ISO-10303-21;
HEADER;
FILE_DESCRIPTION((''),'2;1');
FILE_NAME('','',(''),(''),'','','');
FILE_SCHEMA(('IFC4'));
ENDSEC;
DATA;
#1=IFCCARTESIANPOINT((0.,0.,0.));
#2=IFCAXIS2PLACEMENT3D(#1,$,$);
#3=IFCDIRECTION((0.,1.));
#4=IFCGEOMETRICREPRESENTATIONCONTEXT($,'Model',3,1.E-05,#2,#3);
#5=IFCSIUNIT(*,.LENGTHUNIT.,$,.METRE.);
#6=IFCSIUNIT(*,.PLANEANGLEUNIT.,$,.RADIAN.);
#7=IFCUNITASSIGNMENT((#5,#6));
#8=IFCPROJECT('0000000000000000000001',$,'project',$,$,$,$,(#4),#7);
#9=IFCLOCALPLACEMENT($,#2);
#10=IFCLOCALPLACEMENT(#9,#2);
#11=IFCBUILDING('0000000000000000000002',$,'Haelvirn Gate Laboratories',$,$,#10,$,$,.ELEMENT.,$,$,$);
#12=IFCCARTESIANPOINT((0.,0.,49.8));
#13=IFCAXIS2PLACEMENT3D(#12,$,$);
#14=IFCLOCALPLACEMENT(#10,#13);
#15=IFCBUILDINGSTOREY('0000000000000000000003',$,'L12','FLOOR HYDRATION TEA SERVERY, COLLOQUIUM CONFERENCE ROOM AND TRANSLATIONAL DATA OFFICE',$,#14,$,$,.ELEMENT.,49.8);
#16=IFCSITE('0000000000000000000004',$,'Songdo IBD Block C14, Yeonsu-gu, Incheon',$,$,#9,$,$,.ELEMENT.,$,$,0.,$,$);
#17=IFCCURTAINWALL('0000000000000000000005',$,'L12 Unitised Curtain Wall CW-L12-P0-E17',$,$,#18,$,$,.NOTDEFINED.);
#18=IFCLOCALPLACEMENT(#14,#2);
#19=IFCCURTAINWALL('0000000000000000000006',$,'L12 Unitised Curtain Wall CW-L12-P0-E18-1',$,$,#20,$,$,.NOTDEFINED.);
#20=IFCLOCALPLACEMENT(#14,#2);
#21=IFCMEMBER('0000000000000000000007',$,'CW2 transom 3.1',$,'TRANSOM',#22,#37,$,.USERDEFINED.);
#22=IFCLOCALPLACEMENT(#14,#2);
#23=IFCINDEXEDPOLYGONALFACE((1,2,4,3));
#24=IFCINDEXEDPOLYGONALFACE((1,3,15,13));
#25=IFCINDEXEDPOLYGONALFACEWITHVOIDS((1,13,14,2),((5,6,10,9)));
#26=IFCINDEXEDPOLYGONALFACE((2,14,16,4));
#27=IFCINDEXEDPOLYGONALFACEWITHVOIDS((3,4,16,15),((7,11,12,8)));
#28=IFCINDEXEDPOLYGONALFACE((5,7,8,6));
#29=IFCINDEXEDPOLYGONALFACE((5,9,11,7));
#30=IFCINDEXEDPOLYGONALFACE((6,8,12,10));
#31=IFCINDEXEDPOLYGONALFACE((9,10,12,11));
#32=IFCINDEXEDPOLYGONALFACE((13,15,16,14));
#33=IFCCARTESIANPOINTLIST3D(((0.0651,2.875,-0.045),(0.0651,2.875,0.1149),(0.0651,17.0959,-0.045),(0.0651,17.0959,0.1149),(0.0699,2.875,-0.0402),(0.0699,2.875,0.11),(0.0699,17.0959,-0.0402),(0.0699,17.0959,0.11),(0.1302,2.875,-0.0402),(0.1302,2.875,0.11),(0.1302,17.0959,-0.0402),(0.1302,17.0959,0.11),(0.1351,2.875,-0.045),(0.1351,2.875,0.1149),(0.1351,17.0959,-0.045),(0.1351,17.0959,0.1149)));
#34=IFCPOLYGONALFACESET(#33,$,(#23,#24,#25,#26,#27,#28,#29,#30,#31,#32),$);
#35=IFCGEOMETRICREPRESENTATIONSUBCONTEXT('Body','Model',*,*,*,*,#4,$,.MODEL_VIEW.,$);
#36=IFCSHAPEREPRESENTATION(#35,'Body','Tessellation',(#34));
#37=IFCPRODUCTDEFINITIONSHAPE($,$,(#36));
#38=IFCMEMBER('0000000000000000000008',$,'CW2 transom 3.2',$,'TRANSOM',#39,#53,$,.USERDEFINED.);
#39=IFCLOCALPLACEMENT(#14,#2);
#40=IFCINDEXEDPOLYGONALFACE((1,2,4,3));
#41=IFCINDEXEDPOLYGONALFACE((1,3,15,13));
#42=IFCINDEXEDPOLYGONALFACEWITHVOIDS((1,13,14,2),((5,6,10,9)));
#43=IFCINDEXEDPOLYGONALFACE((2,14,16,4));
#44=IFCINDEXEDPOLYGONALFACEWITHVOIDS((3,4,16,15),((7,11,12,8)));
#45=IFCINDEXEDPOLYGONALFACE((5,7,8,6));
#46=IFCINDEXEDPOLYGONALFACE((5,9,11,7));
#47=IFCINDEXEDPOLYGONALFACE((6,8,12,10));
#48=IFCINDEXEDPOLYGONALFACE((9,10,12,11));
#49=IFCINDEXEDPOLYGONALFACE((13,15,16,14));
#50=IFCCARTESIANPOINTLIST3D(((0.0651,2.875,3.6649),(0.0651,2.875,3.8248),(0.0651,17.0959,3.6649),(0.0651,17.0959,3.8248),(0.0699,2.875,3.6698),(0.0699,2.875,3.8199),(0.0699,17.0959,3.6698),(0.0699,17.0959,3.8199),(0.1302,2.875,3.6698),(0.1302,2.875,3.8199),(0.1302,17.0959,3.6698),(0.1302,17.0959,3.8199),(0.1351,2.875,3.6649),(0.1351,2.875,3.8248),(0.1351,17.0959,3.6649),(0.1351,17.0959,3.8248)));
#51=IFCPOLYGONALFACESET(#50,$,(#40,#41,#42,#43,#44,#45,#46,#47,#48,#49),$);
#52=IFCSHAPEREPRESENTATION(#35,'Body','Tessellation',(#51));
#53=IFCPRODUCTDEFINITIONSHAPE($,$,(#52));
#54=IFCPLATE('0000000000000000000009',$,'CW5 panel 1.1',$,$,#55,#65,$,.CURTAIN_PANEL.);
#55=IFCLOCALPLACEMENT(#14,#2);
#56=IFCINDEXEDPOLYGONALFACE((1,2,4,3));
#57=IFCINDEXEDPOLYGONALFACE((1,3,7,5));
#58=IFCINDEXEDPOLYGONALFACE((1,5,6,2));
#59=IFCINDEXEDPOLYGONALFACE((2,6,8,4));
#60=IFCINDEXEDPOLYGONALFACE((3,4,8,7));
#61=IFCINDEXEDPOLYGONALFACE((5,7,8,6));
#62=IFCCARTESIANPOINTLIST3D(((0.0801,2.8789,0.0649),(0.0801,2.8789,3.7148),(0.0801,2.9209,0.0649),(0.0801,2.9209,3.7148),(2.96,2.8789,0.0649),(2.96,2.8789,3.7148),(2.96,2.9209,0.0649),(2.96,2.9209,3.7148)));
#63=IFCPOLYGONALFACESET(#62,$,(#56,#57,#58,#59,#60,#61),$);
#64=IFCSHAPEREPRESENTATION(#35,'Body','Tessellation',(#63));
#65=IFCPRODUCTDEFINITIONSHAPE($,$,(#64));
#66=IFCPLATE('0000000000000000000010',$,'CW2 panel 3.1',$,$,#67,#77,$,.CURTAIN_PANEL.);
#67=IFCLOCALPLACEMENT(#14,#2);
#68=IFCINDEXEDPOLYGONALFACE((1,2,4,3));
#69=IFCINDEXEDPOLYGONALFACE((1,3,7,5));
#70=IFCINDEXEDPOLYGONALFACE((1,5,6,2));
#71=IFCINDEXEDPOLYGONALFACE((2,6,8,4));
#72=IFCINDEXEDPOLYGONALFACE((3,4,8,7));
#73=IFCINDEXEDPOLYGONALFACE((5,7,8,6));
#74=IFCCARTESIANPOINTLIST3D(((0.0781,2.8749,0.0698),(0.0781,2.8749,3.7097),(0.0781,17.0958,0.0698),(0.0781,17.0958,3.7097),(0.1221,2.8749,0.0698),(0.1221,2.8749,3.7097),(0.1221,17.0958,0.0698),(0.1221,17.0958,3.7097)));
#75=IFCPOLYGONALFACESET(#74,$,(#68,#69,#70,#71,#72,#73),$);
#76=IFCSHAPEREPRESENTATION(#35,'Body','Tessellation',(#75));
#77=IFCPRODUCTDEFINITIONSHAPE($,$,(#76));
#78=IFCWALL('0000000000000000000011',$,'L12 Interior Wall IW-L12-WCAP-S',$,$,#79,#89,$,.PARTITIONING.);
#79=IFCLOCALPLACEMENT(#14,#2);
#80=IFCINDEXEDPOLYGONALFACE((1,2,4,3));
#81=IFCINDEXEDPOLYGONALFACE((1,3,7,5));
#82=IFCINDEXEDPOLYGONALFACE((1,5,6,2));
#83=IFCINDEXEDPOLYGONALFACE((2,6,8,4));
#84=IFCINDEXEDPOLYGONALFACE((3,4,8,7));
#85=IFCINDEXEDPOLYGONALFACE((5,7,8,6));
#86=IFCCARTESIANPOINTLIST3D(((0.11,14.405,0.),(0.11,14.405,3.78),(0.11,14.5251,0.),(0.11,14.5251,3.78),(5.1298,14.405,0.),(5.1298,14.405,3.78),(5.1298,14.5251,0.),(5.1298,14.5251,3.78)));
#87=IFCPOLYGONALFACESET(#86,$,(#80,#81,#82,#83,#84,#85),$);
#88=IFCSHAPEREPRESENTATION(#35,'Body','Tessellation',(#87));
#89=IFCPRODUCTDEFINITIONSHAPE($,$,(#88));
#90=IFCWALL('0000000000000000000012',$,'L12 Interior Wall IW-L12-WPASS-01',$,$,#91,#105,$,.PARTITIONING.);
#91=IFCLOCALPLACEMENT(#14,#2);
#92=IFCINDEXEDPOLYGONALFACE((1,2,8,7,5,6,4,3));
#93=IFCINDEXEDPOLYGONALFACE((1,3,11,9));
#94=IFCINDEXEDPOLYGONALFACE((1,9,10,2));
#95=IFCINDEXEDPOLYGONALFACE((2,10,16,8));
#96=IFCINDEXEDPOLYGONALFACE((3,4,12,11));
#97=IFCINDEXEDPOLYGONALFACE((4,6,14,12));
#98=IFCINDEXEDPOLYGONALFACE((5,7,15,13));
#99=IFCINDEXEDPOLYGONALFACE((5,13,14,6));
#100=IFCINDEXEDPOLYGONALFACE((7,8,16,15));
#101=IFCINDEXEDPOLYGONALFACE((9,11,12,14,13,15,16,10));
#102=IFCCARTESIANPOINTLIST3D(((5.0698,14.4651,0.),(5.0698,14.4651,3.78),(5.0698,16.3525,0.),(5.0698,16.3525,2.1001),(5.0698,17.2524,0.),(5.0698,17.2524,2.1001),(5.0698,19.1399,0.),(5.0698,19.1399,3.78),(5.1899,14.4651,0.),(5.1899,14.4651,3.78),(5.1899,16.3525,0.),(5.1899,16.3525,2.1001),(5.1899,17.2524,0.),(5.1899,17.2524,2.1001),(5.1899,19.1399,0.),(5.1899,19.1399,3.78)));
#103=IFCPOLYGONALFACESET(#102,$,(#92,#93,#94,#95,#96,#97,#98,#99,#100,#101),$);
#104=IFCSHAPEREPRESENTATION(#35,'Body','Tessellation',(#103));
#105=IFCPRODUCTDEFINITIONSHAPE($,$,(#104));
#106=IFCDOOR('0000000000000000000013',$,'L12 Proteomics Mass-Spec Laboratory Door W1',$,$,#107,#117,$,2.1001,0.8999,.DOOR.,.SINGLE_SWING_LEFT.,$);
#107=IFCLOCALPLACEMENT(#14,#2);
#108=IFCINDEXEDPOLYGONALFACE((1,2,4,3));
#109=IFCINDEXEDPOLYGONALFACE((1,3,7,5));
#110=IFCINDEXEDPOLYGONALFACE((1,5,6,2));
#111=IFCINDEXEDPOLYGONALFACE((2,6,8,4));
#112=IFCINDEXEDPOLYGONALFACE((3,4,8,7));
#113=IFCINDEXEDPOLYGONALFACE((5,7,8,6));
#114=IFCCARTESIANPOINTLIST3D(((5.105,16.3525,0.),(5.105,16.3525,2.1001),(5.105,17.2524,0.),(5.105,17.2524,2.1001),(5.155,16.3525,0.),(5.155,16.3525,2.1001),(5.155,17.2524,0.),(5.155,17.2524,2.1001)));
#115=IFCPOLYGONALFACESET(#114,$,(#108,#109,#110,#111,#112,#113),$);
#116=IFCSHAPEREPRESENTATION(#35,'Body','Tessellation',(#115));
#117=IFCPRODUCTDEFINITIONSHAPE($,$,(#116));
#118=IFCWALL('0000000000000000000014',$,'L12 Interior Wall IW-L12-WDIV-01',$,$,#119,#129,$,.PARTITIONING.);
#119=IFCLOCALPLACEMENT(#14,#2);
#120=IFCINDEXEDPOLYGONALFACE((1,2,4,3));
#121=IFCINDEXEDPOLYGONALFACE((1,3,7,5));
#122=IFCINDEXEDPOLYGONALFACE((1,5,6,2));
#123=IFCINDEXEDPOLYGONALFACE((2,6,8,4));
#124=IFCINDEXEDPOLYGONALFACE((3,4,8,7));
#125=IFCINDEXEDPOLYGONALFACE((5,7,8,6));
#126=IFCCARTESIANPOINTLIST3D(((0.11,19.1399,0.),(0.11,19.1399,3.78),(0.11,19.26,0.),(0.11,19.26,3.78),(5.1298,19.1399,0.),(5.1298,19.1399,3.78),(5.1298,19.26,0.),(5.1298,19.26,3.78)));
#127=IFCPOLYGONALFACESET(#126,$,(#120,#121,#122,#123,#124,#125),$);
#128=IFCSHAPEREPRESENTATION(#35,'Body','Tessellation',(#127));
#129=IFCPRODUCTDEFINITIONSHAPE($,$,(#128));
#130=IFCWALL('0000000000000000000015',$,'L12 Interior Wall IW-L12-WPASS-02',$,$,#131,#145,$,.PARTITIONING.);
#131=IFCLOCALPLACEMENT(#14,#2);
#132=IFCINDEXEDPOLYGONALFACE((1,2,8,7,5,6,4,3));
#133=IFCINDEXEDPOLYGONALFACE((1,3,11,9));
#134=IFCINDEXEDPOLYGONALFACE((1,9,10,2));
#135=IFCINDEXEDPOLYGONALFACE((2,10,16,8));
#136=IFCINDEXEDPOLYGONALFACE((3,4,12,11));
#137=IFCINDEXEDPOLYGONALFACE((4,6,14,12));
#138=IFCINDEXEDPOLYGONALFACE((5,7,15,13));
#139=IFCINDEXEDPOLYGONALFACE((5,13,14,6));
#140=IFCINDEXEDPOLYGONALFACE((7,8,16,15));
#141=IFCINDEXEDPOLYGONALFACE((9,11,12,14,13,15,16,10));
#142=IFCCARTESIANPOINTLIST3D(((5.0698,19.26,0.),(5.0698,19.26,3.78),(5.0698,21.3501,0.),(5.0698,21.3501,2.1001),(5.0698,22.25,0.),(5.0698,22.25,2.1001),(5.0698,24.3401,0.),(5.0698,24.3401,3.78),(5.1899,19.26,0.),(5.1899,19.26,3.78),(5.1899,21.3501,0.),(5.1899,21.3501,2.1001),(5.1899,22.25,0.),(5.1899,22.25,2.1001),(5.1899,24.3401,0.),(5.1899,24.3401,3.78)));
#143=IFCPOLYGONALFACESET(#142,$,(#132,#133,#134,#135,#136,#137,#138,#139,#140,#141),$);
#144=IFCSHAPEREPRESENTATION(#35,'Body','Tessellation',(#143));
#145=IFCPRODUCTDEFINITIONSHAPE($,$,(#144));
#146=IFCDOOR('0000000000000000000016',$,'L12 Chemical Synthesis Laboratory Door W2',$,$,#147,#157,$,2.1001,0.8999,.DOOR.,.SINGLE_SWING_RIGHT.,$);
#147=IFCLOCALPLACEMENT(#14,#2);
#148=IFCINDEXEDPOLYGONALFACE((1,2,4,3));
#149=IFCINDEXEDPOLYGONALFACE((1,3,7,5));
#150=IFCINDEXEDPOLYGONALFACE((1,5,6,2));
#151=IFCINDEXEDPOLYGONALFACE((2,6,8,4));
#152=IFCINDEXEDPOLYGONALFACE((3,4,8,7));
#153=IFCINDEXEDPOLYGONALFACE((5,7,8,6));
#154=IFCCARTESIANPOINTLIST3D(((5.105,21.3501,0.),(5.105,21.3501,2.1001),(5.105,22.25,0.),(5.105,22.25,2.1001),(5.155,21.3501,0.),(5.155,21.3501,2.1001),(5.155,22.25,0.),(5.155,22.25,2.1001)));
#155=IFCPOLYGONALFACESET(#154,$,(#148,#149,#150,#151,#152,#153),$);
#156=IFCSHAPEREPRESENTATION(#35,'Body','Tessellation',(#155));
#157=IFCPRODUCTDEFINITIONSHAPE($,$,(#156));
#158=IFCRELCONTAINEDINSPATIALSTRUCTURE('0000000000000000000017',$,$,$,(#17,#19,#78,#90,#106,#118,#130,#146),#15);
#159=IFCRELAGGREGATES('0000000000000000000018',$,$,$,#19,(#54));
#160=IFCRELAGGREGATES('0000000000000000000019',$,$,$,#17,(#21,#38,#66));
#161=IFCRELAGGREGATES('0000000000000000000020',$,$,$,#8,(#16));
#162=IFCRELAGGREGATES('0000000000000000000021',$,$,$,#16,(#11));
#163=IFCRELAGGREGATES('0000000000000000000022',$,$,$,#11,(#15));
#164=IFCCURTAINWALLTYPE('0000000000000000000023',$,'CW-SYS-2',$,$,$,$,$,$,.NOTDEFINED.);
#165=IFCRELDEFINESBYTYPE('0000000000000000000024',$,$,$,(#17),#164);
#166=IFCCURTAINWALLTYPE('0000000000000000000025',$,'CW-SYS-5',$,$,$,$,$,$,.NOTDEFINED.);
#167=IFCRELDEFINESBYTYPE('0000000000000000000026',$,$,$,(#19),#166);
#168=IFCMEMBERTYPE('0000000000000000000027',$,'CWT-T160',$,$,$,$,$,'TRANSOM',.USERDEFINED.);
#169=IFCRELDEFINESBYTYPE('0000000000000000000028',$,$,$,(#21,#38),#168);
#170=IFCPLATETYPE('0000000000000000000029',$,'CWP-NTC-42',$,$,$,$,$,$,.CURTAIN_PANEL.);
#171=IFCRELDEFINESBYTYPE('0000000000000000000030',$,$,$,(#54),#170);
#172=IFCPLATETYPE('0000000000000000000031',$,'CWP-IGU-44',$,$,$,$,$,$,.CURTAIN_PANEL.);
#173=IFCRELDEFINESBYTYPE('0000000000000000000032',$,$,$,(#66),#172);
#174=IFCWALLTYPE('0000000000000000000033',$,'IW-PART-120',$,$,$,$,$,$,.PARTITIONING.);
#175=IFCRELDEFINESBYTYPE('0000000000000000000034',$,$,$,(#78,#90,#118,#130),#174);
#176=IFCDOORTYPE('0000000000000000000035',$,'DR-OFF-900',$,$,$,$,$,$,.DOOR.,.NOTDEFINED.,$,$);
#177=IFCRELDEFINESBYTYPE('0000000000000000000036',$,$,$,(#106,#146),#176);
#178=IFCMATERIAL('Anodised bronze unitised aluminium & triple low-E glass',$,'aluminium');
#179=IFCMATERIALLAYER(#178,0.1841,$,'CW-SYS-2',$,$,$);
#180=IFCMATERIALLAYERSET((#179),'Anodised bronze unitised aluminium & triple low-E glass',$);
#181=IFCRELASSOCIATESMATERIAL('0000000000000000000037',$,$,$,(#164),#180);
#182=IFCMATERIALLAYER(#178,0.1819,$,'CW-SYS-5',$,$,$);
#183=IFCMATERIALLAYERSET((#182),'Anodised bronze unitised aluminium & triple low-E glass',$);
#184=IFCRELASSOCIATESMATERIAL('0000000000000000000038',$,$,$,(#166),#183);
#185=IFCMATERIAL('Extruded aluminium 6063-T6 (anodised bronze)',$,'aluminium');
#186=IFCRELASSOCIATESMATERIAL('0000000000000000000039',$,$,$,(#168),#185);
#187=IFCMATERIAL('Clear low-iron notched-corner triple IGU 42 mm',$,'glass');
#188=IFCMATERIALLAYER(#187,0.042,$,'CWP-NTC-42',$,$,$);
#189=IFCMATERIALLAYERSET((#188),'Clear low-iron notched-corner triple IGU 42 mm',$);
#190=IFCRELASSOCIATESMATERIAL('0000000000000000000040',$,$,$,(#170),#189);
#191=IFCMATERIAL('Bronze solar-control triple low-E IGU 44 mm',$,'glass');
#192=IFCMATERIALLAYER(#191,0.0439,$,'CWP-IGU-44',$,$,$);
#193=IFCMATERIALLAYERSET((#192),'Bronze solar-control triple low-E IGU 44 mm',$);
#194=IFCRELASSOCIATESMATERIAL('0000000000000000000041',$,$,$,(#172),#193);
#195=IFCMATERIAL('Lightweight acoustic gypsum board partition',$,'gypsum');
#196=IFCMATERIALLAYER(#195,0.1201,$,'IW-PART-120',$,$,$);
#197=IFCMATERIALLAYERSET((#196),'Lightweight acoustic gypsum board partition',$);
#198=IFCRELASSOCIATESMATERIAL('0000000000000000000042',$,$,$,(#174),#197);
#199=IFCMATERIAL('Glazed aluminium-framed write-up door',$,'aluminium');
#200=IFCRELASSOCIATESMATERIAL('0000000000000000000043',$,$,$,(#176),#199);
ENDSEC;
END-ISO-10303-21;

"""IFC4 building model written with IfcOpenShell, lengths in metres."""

from ifc_helpers import new_model, si_unit, direction, frame, frame_2d, origin, origin_2d, place, context, subcontext, project, spatial, rectangle, hollow_rectangle, extrude, source, transform, mapped, material, layer, layer_set, material_profile, profile_set, type_object, type_shapes, element, fill, aggregate, save


model = new_model("IFC4")

# Units and contexts
model_context = context("Model", 3, precision=1e-05, world=origin(), true_north=direction((0.0, 1.0)))
body_context = subcontext(model_context, "Body", "Model", "MODEL_VIEW")
ifc_project = project(units=[si_unit("LENGTHUNIT", "METRE"), si_unit("PLANEANGLEUNIT", "RADIAN")], contexts=[model_context])

# Site, building, storey
site_placement = place(None, origin())
site = spatial("IfcSite", under=ifc_project, at=site_placement, Name="Songdo IBD Block C14, Yeonsu-gu, Incheon", CompositionType="ELEMENT", RefElevation=0.0)
building_placement = place(site_placement, origin())
building = spatial("IfcBuilding", under=site, at=building_placement, Name="Haelvirn Gate Laboratories", CompositionType="ELEMENT")
storey_placement = place(building_placement, frame((0.0, 0.0, 49.8)))
storey = spatial("IfcBuildingStorey", under=building, at=storey_placement, Name="L12", Description="FLOOR HYDRATION TEA SERVERY, COLLOQUIUM CONFERENCE ROOM AND TRANSLATIONAL DATA OFFICE", CompositionType="ELEMENT", Elevation=49.8)

# Curtain wall
ifc_material_1 = material(Name="Anodised bronze unitised aluminium & triple low-E glass", Category="aluminium")
ifc_layer_1 = layer(ifc_material_1, 0.1841, Name="CW-SYS-2")
ifc_layer_set_1 = layer_set([ifc_layer_1], Name="Anodised bronze unitised aluminium & triple low-E glass")
curtain_wall_type_1 = type_object("IfcCurtainWallType", Name="CW-SYS-2", PredefinedType="NOTDEFINED", material=ifc_layer_set_1)
curtain_wall_1_placement = place(storey_placement, origin())
curtain_wall_1 = element("IfcCurtainWall", 1, at=curtain_wall_1_placement, inside=storey, type_object=curtain_wall_type_1, Name="L12 Unitised Curtain Wall CW-L12-P0-E17", PredefinedType="NOTDEFINED")
ifc_material_2 = material(Name="Extruded aluminium 6063-T6 (anodised bronze)", Category="aluminium")

# Curtain wall
ifc_layer_2 = layer(ifc_material_1, 0.1819, Name="CW-SYS-5")
ifc_layer_set_2 = layer_set([ifc_layer_2], Name="Anodised bronze unitised aluminium & triple low-E glass")
curtain_wall_type_2 = type_object("IfcCurtainWallType", Name="CW-SYS-5", PredefinedType="NOTDEFINED", material=ifc_layer_set_2)
curtain_wall_2_placement = place(storey_placement, origin())
curtain_wall_2 = element("IfcCurtainWall", 2, at=curtain_wall_2_placement, inside=storey, type_object=curtain_wall_type_2, Name="L12 Unitised Curtain Wall CW-L12-P0-E18-1", PredefinedType="NOTDEFINED")

# Members
ifc_material_profile_1 = material_profile(ifc_material_2, hollow_rectangle(XDim=0.0701, YDim=0.1599, WallThickness=0.0049, at=origin_2d()), Name="CWT-160x70x5")
ifc_profile_set_1 = profile_set([ifc_material_profile_1], Name="Extruded aluminium 6063-T6 (anodised bronze)")
member_type_1 = type_object("IfcMemberType", Name="CWT-T160", ElementType="TRANSOM", PredefinedType="USERDEFINED", material=ifc_profile_set_1)
shared_shape_1 = source(origin(), body_context, "Body", "SweptSolid", [
    extrude(hollow_rectangle(XDim=0.0701, YDim=0.1599, WallThickness=0.0049, at=origin_2d()), origin(), (0.0, 0.0, 1.0), 14.2209),
])
type_shapes(member_type_1, [shared_shape_1])
member_1_placement = place(storey_placement, frame((0.1001, 17.0959, 0.0349), z_axis=(0.0, -1.0, 0.0), x_axis=(1.0, 0.0, 0.0)))
member_1 = element("IfcMember", 3, at=member_1_placement, type_object=member_type_1, Name="CW2 transom 3.1", ObjectType="TRANSOM", PredefinedType="USERDEFINED", context=body_context, shape_type="MappedRepresentation", body=[
    mapped(shared_shape_1, transform((0.0, 0.0, 0.0), scale=1.0)),
])
member_2_placement = place(storey_placement, frame((0.1001, 17.0959, 3.7449), z_axis=(0.0, -1.0, 0.0), x_axis=(1.0, 0.0, 0.0)))
member_2 = element("IfcMember", 4, at=member_2_placement, type_object=member_type_1, Name="CW2 transom 3.2", ObjectType="TRANSOM", PredefinedType="USERDEFINED", context=body_context, shape_type="MappedRepresentation", body=[
    mapped(shared_shape_1, transform((0.0, 0.0, 0.0), scale=1.0)),
])

# Plates
ifc_material_3 = material(Name="Clear low-iron notched-corner triple IGU 42 mm", Category="glass")
ifc_layer_3 = layer(ifc_material_3, 0.042, Name="CWP-NTC-42")
ifc_layer_set_3 = layer_set([ifc_layer_3], Name="Clear low-iron notched-corner triple IGU 42 mm")
plate_type_1 = type_object("IfcPlateType", Name="CWP-NTC-42", PredefinedType="CURTAIN_PANEL", material=ifc_layer_set_3)
shared_shape_2 = source(origin(), body_context, "Body", "SweptSolid", [
    extrude(rectangle(XDim=2.8799, YDim=0.042, at=origin_2d()), origin(), (0.0, 0.0, 1.0), 3.6499),
])
type_shapes(plate_type_1, [shared_shape_2])
plate_1_placement = place(storey_placement, frame((1.52, 2.8999, 0.0649), z_axis=(0.0, 0.0, 1.0), x_axis=(1.0, 0.0, 0.0)))
plate_1 = element("IfcPlate", 5, at=plate_1_placement, type_object=plate_type_1, Name="CW5 panel 1.1", PredefinedType="CURTAIN_PANEL", context=body_context, shape_type="MappedRepresentation", body=[
    mapped(shared_shape_2, transform((0.0, 0.0, 0.0), scale=1.0)),
])
aggregate(curtain_wall_2, [plate_1])
ifc_material_4 = material(Name="Bronze solar-control triple low-E IGU 44 mm", Category="glass")
ifc_layer_4 = layer(ifc_material_4, 0.0439, Name="CWP-IGU-44")
ifc_layer_set_4 = layer_set([ifc_layer_4], Name="Bronze solar-control triple low-E IGU 44 mm")
plate_type_2 = type_object("IfcPlateType", Name="CWP-IGU-44", PredefinedType="CURTAIN_PANEL", material=ifc_layer_set_4)
shared_shape_3 = source(origin(), body_context, "Body", "SweptSolid", [
    extrude(rectangle(XDim=14.2209, YDim=0.0439, at=origin_2d()), origin(), (0.0, 0.0, 1.0), 3.6399),
])
type_shapes(plate_type_2, [shared_shape_3])
plate_2_placement = place(storey_placement, frame((0.1001, 9.9854, 0.0698), z_axis=(0.0, 0.0, 1.0), x_axis=(0.0, -1.0, 0.0)))
plate_2 = element("IfcPlate", 6, at=plate_2_placement, type_object=plate_type_2, Name="CW2 panel 3.1", PredefinedType="CURTAIN_PANEL", context=body_context, shape_type="MappedRepresentation", body=[
    mapped(shared_shape_3, transform((0.0, 0.0, 0.0), scale=1.0)),
])
aggregate(curtain_wall_1, [member_1, member_2, plate_2])

# Wall
ifc_material_5 = material(Name="Lightweight acoustic gypsum board partition", Category="gypsum")
ifc_layer_5 = layer(ifc_material_5, 0.1201, Name="IW-PART-120")
ifc_layer_set_5 = layer_set([ifc_layer_5], Name="Lightweight acoustic gypsum board partition")
wall_type_1 = type_object("IfcWallType", Name="IW-PART-120", PredefinedType="PARTITIONING", material=ifc_layer_set_5)
wall_1_placement = place(storey_placement, frame((0.1101, 14.4651, 0.0), z_axis=(0.0, 0.0, 1.0), x_axis=(1.0, 0.0, 0.0)))
element("IfcWall", 7, at=wall_1_placement, inside=storey, type_object=wall_type_1, Name="L12 Interior Wall IW-L12-WCAP-S", PredefinedType="PARTITIONING", context=body_context, shape_type="SweptSolid", body=[
    extrude(rectangle(XDim=5.0198, YDim=0.1201, at=frame_2d((2.5098, 0.0))), origin(), (0.0, 0.0, 1.0), 3.78),
])

# Wall, opening, door
wall_2_placement = place(storey_placement, frame((5.1299, 14.4651, 0.0), z_axis=(0.0, 0.0, 1.0), x_axis=(0.0, 1.0, 0.0)))
wall_2 = element("IfcWall", 8, at=wall_2_placement, inside=storey, type_object=wall_type_1, Name="L12 Interior Wall IW-L12-WPASS-01", PredefinedType="PARTITIONING", context=body_context, shape_type="SweptSolid", body=[
    extrude(rectangle(XDim=4.6748, YDim=0.1201, at=frame_2d((2.3374, 0.0))), origin(), (0.0, 0.0, 1.0), 3.78),
])
opening_1_placement = place(wall_2_placement, frame((1.8875, 0.0, 0.0)))
opening_1 = element("IfcOpeningElement", 9, at=opening_1_placement, cuts=wall_2, PredefinedType="OPENING", context=body_context, shape_type="SweptSolid", body=[
    extrude(rectangle(XDim=0.8999, YDim=2.1001, at=frame_2d((0.45, 1.05))), frame((0.0, 0.0701, 0.0), z_axis=(0.0, -1.0, 0.0), x_axis=(1.0, 0.0, 0.0)), (0.0, 0.0, 1.0), 0.1401),
])
ifc_material_6 = material(Name="Glazed aluminium-framed write-up door", Category="aluminium")
door_type_1 = type_object("IfcDoorType", Name="DR-OFF-900", OperationType="NOTDEFINED", PredefinedType="DOOR", material=ifc_material_6)
shared_shape_4 = source(origin(), body_context, "Body", "SweptSolid", [
    extrude(rectangle(XDim=0.8999, YDim=2.1001, at=frame_2d((0.45, 1.05))), frame((0.0, 0.0249, 0.0), z_axis=(0.0, -1.0, 0.0), x_axis=(1.0, 0.0, 0.0)), (0.0, 0.0, 1.0), 0.05),
])
type_shapes(door_type_1, [shared_shape_4])
door_1_placement = place(opening_1_placement, origin())
door_1 = element("IfcDoor", 10, at=door_1_placement, inside=storey, type_object=door_type_1, Name="L12 Proteomics Mass-Spec Laboratory Door W1", OperationType="SINGLE_SWING_LEFT", OverallHeight=2.1001, OverallWidth=0.8999, PredefinedType="DOOR", context=body_context, shape_type="MappedRepresentation", body=[
    mapped(shared_shape_4, transform((0.0, 0.0, 0.0), scale=1.0)),
])
fill(opening_1, door_1)

# Wall
wall_3_placement = place(storey_placement, frame((0.1101, 19.2, 0.0), z_axis=(0.0, 0.0, 1.0), x_axis=(1.0, 0.0, 0.0)))
element("IfcWall", 11, at=wall_3_placement, inside=storey, type_object=wall_type_1, Name="L12 Interior Wall IW-L12-WDIV-01", PredefinedType="PARTITIONING", context=body_context, shape_type="SweptSolid", body=[
    extrude(rectangle(XDim=5.0198, YDim=0.1201, at=frame_2d((2.5098, 0.0))), origin(), (0.0, 0.0, 1.0), 3.78),
])

# Wall, opening, door
wall_4_placement = place(storey_placement, frame((5.1299, 19.26, 0.0), z_axis=(0.0, 0.0, 1.0), x_axis=(0.0, 1.0, 0.0)))
wall_4 = element("IfcWall", 12, at=wall_4_placement, inside=storey, type_object=wall_type_1, Name="L12 Interior Wall IW-L12-WPASS-02", PredefinedType="PARTITIONING", context=body_context, shape_type="SweptSolid", body=[
    extrude(rectangle(XDim=5.0801, YDim=0.1201, at=frame_2d((2.54, 0.0))), origin(), (0.0, 0.0, 1.0), 3.78),
])
opening_2_placement = place(wall_4_placement, frame((2.0901, 0.0, 0.0)))
opening_2 = element("IfcOpeningElement", 13, at=opening_2_placement, cuts=wall_4, PredefinedType="OPENING", context=body_context, shape_type="SweptSolid", body=[
    extrude(rectangle(XDim=0.8999, YDim=2.1001, at=frame_2d((0.45, 1.05))), frame((0.0, 0.0701, 0.0), z_axis=(0.0, -1.0, 0.0), x_axis=(1.0, 0.0, 0.0)), (0.0, 0.0, 1.0), 0.1401),
])
door_2_placement = place(opening_2_placement, origin())
door_2 = element("IfcDoor", 14, at=door_2_placement, inside=storey, type_object=door_type_1, Name="L12 Chemical Synthesis Laboratory Door W2", OperationType="SINGLE_SWING_RIGHT", OverallHeight=2.1001, OverallWidth=0.8999, PredefinedType="DOOR", context=body_context, shape_type="MappedRepresentation", body=[
    mapped(shared_shape_4, transform((0.0, 0.0, 0.0), scale=1.0)),
])
fill(opening_2, door_2)

save(model, "model.ifc")
